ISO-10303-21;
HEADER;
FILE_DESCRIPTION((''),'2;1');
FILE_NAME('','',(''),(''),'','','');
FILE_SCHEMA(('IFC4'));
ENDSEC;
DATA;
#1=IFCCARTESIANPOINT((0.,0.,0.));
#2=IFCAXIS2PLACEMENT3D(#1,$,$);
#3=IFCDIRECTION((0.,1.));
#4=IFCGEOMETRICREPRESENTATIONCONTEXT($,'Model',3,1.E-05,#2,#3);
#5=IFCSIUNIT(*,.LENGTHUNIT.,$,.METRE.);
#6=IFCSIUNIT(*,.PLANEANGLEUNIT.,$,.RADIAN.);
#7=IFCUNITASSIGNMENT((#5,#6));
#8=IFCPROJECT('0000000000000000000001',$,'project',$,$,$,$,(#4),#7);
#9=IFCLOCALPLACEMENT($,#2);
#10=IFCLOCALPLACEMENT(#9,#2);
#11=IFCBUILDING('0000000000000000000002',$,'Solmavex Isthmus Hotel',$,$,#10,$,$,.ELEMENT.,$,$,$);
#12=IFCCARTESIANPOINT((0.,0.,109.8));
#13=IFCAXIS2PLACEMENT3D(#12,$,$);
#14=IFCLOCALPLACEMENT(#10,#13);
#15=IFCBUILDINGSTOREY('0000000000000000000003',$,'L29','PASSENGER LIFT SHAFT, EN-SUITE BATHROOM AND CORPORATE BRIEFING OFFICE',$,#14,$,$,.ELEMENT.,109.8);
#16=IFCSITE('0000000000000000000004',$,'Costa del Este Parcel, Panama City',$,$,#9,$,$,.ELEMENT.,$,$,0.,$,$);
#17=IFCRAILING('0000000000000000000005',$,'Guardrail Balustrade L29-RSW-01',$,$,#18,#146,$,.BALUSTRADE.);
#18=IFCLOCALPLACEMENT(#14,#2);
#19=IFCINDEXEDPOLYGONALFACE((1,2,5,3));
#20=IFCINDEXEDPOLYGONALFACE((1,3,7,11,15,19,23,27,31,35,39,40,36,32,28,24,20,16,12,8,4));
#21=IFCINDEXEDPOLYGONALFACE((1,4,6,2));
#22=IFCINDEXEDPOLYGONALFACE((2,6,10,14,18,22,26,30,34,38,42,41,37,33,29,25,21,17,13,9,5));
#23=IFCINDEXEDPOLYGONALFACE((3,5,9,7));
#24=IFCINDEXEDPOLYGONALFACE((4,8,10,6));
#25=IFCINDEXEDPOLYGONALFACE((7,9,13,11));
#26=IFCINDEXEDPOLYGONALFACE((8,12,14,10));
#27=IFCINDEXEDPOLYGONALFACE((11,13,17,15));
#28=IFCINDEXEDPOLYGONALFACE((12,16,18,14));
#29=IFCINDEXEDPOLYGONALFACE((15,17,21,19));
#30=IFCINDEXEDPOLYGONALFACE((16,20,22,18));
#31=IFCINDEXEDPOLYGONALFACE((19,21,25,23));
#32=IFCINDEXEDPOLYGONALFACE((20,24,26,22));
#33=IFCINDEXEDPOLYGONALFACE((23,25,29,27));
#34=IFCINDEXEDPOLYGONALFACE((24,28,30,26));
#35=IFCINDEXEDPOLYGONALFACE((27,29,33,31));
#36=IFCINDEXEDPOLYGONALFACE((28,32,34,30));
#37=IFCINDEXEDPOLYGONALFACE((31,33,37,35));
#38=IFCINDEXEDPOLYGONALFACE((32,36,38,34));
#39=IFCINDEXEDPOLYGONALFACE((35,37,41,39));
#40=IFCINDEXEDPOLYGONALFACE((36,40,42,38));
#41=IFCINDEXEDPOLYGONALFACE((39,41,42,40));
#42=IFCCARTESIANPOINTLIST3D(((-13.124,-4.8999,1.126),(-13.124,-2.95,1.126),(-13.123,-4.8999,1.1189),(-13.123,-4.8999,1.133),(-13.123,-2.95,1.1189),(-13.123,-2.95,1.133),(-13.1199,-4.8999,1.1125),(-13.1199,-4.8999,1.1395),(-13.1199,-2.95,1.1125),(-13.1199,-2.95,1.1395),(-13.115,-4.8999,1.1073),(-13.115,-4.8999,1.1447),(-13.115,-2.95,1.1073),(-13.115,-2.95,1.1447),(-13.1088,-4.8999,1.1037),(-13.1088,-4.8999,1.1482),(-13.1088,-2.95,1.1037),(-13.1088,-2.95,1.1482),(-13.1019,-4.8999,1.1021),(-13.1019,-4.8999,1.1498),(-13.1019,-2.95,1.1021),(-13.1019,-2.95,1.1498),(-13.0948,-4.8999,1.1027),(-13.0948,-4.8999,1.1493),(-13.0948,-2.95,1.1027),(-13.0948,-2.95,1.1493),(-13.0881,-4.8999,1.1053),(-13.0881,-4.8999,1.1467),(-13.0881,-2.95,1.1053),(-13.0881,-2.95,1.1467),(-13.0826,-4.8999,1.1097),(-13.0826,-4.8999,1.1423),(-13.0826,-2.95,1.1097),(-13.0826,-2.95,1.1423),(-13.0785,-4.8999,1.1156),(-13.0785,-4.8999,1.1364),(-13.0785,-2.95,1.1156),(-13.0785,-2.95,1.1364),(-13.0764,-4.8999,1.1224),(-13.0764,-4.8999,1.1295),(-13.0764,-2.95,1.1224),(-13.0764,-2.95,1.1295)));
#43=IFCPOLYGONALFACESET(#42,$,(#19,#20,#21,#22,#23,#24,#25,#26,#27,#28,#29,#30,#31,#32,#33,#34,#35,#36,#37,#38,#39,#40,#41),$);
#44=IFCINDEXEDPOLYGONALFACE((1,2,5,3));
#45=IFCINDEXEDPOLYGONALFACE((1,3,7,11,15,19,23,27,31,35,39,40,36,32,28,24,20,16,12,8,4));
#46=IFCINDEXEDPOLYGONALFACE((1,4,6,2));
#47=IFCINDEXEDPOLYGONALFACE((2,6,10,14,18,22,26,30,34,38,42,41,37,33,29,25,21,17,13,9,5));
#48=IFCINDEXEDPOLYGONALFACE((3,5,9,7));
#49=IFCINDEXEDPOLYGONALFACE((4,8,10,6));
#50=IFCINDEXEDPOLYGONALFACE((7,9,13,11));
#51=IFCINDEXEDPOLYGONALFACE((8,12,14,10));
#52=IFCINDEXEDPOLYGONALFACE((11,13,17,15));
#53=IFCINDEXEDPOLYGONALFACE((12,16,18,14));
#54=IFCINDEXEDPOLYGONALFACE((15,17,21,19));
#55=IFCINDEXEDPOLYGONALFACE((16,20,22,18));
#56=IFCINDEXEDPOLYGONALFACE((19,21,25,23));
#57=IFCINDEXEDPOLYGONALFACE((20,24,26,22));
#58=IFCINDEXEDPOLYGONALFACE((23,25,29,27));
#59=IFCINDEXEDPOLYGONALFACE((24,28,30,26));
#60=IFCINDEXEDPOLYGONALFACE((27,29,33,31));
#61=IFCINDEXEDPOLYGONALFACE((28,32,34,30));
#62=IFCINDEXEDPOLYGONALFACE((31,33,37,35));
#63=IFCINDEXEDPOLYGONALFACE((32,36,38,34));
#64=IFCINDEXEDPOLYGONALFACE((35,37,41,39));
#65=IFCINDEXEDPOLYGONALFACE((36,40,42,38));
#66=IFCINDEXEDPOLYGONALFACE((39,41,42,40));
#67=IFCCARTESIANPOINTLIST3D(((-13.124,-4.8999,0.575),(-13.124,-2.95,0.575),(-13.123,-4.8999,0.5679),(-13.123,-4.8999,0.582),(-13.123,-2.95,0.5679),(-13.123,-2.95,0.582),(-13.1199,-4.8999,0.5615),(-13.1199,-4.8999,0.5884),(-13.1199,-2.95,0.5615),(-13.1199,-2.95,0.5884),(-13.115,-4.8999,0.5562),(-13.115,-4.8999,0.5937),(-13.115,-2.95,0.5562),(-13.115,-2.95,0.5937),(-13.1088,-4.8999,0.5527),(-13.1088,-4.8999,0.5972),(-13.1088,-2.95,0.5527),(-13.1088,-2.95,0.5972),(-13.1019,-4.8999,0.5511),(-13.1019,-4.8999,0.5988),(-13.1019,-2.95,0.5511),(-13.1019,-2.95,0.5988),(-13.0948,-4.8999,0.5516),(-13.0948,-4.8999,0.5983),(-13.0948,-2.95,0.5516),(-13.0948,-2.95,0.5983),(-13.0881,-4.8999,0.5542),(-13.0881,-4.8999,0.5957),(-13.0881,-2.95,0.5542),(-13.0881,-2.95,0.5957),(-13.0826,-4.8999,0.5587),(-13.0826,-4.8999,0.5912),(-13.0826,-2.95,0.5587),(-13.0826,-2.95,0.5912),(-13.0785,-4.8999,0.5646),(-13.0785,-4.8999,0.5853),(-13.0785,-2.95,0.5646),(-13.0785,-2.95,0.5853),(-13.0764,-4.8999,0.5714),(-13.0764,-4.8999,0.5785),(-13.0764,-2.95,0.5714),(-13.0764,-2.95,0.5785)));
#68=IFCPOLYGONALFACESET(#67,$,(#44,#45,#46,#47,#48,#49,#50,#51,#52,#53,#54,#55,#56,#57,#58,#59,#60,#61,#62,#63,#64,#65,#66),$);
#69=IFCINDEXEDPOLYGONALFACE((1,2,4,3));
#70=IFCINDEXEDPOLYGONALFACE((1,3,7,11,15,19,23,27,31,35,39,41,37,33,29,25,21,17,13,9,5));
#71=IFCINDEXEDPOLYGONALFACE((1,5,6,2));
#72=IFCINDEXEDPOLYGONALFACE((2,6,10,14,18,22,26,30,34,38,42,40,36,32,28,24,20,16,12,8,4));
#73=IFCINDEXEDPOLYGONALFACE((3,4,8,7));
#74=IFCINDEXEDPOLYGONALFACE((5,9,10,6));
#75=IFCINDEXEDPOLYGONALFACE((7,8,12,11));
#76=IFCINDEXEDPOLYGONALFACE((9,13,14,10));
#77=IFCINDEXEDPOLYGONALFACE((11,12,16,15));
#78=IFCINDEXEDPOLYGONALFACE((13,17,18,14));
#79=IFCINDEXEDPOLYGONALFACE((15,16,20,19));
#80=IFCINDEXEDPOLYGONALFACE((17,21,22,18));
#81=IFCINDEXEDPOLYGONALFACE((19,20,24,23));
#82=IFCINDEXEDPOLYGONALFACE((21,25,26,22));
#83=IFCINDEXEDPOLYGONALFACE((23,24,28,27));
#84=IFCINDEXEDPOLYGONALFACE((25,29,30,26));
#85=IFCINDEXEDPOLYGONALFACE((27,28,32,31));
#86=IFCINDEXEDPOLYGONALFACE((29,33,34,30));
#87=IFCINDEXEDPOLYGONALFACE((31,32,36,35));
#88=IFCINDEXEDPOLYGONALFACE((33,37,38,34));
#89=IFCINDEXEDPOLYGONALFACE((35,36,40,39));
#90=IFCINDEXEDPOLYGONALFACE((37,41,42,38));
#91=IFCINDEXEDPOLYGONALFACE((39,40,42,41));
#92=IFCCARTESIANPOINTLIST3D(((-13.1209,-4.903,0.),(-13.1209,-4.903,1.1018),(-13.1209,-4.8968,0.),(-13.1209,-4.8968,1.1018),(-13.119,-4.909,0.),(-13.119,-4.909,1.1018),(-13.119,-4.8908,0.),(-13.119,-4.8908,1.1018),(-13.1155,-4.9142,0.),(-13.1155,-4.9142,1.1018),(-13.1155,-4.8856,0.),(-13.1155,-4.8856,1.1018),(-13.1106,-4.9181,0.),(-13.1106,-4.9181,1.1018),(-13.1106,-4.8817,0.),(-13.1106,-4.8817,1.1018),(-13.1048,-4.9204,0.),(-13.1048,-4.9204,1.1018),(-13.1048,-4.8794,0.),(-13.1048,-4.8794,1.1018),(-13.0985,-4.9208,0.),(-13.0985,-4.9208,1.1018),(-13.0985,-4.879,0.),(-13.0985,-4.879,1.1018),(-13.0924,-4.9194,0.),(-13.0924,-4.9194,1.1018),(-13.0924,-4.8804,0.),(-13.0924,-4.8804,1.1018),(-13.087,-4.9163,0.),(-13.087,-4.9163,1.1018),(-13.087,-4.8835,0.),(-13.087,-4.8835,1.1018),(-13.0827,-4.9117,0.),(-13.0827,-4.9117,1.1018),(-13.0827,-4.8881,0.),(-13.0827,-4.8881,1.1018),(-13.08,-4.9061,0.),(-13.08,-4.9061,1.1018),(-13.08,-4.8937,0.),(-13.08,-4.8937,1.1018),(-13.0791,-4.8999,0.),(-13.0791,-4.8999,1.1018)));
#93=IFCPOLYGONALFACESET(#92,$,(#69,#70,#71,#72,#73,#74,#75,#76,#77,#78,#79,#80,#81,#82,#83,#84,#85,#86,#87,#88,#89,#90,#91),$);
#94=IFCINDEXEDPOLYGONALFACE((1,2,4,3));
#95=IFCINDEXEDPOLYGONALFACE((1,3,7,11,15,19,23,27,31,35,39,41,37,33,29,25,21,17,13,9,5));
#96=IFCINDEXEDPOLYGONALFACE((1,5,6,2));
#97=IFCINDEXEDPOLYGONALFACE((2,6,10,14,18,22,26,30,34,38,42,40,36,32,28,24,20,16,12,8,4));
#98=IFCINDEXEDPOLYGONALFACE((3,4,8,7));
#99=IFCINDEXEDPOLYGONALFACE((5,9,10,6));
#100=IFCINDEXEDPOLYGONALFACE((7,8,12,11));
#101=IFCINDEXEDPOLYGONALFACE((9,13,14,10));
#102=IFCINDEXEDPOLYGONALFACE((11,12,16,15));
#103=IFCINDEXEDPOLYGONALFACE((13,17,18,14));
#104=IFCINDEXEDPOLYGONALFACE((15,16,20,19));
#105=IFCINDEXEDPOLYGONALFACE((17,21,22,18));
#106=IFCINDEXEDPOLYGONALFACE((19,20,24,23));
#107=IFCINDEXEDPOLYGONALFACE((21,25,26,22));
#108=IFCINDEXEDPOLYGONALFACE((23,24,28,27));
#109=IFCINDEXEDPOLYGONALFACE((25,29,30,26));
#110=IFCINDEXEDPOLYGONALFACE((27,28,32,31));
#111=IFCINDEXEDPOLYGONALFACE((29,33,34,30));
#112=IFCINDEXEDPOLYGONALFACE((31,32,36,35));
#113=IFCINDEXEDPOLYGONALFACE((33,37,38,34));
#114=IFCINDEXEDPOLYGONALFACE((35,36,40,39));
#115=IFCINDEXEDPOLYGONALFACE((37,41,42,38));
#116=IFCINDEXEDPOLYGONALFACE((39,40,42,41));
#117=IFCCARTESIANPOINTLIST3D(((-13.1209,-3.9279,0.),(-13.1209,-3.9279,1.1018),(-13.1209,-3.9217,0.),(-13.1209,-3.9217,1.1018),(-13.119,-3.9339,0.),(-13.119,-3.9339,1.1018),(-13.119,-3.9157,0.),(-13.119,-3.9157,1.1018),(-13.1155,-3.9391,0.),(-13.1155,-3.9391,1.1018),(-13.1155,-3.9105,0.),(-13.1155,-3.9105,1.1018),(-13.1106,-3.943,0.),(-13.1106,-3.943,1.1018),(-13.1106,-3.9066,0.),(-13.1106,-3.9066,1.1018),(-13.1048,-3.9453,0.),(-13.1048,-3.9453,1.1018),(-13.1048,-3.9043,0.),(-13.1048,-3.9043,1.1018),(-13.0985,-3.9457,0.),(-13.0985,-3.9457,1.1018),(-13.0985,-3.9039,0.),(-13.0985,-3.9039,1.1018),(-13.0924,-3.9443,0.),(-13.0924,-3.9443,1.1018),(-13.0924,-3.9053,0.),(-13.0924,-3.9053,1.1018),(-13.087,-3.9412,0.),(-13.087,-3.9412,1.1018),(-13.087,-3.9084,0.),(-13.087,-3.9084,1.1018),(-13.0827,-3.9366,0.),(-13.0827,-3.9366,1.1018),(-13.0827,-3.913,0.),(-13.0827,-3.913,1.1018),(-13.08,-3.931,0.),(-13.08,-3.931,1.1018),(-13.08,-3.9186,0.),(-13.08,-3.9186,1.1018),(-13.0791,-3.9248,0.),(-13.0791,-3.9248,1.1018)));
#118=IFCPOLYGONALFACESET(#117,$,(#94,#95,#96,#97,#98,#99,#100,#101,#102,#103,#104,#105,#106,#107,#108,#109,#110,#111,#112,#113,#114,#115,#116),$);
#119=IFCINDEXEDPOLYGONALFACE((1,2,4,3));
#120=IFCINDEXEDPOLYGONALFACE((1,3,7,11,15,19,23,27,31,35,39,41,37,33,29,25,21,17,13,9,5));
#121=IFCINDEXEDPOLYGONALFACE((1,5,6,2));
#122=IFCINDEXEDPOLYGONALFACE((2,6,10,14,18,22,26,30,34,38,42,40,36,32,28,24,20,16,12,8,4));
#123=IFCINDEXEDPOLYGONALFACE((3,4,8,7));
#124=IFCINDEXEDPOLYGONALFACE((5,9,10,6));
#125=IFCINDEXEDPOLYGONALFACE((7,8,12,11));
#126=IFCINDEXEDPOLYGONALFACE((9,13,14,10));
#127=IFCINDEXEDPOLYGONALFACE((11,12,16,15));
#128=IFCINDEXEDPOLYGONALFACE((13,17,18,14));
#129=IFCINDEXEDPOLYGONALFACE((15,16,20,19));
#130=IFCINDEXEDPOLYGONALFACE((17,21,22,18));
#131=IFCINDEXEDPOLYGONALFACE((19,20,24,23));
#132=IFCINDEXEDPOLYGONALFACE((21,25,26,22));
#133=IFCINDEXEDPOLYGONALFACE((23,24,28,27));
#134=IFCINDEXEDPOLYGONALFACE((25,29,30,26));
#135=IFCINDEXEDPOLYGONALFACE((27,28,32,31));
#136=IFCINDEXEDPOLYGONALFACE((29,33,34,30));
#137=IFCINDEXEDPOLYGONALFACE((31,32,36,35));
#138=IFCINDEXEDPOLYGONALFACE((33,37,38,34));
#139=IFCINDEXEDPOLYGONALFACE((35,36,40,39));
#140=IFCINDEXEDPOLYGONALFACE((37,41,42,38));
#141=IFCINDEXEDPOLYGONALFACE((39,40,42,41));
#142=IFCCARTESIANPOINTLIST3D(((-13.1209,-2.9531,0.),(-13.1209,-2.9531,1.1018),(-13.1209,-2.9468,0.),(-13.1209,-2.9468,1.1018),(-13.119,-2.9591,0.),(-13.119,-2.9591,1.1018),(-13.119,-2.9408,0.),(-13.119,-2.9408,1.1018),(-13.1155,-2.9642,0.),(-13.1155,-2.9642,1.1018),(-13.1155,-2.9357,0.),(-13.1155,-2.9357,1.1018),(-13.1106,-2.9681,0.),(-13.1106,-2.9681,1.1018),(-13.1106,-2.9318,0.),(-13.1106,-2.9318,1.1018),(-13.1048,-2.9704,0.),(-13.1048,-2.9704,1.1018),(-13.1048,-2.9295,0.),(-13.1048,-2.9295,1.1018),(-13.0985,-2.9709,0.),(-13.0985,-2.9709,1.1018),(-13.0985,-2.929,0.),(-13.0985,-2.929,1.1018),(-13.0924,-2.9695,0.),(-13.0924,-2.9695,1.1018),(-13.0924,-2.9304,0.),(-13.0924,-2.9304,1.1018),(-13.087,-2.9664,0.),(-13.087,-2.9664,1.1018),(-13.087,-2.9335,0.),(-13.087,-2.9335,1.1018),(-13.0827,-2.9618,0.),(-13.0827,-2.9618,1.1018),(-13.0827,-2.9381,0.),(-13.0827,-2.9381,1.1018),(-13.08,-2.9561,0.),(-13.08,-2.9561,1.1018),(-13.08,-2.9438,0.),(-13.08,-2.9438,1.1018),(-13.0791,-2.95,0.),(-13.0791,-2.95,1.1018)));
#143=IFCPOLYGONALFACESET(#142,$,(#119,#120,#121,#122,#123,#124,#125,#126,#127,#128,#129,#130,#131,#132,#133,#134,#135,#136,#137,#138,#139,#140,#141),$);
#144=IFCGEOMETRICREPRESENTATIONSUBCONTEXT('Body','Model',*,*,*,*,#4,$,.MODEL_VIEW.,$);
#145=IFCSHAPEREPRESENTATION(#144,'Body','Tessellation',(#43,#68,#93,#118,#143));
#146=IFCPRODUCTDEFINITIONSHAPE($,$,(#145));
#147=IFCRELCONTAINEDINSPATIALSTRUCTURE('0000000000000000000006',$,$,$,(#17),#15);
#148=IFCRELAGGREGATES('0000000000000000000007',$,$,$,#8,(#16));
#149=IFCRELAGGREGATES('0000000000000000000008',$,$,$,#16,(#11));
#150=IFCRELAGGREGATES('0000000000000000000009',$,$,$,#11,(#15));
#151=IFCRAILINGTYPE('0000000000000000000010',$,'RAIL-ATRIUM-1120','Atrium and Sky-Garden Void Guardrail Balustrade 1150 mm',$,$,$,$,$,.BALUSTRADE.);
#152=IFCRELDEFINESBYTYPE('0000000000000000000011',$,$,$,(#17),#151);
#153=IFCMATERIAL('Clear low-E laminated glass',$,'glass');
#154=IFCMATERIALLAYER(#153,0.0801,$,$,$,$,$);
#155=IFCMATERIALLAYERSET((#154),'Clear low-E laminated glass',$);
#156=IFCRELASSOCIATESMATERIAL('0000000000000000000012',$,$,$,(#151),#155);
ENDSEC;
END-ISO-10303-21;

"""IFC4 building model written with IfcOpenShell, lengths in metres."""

from ifc_helpers import new_model, si_unit, direction, frame, origin, origin_2d, place, context, subcontext, project, spatial, circle, extrude, material, layer, layer_set, type_object, element, save


model = new_model("IFC4")

# Units and contexts
model_context = context("Model", 3, precision=1e-05, world=origin(), true_north=direction((0.0, 1.0)))
body_context = subcontext(model_context, "Body", "Model", "MODEL_VIEW")
ifc_project = project(units=[si_unit("LENGTHUNIT", "METRE"), si_unit("PLANEANGLEUNIT", "RADIAN")], contexts=[model_context])

# Site, building, storey
site_placement = place(None, origin())
site = spatial("IfcSite", under=ifc_project, at=site_placement, Name="Costa del Este Parcel, Panama City", CompositionType="ELEMENT", RefElevation=0.0)
building_placement = place(site_placement, origin())
building = spatial("IfcBuilding", under=site, at=building_placement, Name="Solmavex Isthmus Hotel", CompositionType="ELEMENT")
storey_placement = place(building_placement, frame((0.0, 0.0, 109.8)))
storey = spatial("IfcBuildingStorey", under=building, at=storey_placement, Name="L29", Description="PASSENGER LIFT SHAFT, EN-SUITE BATHROOM AND CORPORATE BRIEFING OFFICE", CompositionType="ELEMENT", Elevation=109.8)

# Railing
ifc_material_1 = material(Name="Clear low-E laminated glass", Category="glass")
ifc_layer_1 = layer(ifc_material_1, 0.0801)
ifc_layer_set_1 = layer_set([ifc_layer_1], Name="Clear low-E laminated glass")
railing_type_1 = type_object("IfcRailingType", Name="RAIL-ATRIUM-1120", Description="Atrium and Sky-Garden Void Guardrail Balustrade 1150 mm", PredefinedType="BALUSTRADE", material=ifc_layer_set_1)
railing_1_placement = place(storey_placement, frame((-13.1001, -4.8999, 0.0)))
element("IfcRailing", 1, at=railing_1_placement, inside=storey, type_object=railing_type_1, Name="Guardrail Balustrade L29-RSW-01", PredefinedType="BALUSTRADE", context=body_context, shape_type="SweptSolid", body=[
    extrude(circle(Radius=0.0239, at=origin_2d()), frame((0.0, 0.0, 1.126), z_axis=(0.0, 1.0, 0.0), x_axis=(-1.0, 0.0, 0.0)), (0.0, 0.0, 1.0), 1.95),
    extrude(circle(Radius=0.0239, at=origin_2d()), frame((0.0, 0.0, 0.575), z_axis=(0.0, 1.0, 0.0), x_axis=(-1.0, 0.0, 0.0)), (0.0, 0.0, 1.0), 1.95),
    extrude(circle(Radius=0.021, at=origin_2d()), origin(), (0.0, 0.0, 1.0), 1.1018),
    extrude(circle(Radius=0.021, at=origin_2d()), frame((0.0, 0.9751, 0.0)), (0.0, 0.0, 1.0), 1.1018),
    extrude(circle(Radius=0.021, at=origin_2d()), frame((0.0, 1.95, 0.0)), (0.0, 0.0, 1.0), 1.1018),
])

save(model, "model.ifc")
